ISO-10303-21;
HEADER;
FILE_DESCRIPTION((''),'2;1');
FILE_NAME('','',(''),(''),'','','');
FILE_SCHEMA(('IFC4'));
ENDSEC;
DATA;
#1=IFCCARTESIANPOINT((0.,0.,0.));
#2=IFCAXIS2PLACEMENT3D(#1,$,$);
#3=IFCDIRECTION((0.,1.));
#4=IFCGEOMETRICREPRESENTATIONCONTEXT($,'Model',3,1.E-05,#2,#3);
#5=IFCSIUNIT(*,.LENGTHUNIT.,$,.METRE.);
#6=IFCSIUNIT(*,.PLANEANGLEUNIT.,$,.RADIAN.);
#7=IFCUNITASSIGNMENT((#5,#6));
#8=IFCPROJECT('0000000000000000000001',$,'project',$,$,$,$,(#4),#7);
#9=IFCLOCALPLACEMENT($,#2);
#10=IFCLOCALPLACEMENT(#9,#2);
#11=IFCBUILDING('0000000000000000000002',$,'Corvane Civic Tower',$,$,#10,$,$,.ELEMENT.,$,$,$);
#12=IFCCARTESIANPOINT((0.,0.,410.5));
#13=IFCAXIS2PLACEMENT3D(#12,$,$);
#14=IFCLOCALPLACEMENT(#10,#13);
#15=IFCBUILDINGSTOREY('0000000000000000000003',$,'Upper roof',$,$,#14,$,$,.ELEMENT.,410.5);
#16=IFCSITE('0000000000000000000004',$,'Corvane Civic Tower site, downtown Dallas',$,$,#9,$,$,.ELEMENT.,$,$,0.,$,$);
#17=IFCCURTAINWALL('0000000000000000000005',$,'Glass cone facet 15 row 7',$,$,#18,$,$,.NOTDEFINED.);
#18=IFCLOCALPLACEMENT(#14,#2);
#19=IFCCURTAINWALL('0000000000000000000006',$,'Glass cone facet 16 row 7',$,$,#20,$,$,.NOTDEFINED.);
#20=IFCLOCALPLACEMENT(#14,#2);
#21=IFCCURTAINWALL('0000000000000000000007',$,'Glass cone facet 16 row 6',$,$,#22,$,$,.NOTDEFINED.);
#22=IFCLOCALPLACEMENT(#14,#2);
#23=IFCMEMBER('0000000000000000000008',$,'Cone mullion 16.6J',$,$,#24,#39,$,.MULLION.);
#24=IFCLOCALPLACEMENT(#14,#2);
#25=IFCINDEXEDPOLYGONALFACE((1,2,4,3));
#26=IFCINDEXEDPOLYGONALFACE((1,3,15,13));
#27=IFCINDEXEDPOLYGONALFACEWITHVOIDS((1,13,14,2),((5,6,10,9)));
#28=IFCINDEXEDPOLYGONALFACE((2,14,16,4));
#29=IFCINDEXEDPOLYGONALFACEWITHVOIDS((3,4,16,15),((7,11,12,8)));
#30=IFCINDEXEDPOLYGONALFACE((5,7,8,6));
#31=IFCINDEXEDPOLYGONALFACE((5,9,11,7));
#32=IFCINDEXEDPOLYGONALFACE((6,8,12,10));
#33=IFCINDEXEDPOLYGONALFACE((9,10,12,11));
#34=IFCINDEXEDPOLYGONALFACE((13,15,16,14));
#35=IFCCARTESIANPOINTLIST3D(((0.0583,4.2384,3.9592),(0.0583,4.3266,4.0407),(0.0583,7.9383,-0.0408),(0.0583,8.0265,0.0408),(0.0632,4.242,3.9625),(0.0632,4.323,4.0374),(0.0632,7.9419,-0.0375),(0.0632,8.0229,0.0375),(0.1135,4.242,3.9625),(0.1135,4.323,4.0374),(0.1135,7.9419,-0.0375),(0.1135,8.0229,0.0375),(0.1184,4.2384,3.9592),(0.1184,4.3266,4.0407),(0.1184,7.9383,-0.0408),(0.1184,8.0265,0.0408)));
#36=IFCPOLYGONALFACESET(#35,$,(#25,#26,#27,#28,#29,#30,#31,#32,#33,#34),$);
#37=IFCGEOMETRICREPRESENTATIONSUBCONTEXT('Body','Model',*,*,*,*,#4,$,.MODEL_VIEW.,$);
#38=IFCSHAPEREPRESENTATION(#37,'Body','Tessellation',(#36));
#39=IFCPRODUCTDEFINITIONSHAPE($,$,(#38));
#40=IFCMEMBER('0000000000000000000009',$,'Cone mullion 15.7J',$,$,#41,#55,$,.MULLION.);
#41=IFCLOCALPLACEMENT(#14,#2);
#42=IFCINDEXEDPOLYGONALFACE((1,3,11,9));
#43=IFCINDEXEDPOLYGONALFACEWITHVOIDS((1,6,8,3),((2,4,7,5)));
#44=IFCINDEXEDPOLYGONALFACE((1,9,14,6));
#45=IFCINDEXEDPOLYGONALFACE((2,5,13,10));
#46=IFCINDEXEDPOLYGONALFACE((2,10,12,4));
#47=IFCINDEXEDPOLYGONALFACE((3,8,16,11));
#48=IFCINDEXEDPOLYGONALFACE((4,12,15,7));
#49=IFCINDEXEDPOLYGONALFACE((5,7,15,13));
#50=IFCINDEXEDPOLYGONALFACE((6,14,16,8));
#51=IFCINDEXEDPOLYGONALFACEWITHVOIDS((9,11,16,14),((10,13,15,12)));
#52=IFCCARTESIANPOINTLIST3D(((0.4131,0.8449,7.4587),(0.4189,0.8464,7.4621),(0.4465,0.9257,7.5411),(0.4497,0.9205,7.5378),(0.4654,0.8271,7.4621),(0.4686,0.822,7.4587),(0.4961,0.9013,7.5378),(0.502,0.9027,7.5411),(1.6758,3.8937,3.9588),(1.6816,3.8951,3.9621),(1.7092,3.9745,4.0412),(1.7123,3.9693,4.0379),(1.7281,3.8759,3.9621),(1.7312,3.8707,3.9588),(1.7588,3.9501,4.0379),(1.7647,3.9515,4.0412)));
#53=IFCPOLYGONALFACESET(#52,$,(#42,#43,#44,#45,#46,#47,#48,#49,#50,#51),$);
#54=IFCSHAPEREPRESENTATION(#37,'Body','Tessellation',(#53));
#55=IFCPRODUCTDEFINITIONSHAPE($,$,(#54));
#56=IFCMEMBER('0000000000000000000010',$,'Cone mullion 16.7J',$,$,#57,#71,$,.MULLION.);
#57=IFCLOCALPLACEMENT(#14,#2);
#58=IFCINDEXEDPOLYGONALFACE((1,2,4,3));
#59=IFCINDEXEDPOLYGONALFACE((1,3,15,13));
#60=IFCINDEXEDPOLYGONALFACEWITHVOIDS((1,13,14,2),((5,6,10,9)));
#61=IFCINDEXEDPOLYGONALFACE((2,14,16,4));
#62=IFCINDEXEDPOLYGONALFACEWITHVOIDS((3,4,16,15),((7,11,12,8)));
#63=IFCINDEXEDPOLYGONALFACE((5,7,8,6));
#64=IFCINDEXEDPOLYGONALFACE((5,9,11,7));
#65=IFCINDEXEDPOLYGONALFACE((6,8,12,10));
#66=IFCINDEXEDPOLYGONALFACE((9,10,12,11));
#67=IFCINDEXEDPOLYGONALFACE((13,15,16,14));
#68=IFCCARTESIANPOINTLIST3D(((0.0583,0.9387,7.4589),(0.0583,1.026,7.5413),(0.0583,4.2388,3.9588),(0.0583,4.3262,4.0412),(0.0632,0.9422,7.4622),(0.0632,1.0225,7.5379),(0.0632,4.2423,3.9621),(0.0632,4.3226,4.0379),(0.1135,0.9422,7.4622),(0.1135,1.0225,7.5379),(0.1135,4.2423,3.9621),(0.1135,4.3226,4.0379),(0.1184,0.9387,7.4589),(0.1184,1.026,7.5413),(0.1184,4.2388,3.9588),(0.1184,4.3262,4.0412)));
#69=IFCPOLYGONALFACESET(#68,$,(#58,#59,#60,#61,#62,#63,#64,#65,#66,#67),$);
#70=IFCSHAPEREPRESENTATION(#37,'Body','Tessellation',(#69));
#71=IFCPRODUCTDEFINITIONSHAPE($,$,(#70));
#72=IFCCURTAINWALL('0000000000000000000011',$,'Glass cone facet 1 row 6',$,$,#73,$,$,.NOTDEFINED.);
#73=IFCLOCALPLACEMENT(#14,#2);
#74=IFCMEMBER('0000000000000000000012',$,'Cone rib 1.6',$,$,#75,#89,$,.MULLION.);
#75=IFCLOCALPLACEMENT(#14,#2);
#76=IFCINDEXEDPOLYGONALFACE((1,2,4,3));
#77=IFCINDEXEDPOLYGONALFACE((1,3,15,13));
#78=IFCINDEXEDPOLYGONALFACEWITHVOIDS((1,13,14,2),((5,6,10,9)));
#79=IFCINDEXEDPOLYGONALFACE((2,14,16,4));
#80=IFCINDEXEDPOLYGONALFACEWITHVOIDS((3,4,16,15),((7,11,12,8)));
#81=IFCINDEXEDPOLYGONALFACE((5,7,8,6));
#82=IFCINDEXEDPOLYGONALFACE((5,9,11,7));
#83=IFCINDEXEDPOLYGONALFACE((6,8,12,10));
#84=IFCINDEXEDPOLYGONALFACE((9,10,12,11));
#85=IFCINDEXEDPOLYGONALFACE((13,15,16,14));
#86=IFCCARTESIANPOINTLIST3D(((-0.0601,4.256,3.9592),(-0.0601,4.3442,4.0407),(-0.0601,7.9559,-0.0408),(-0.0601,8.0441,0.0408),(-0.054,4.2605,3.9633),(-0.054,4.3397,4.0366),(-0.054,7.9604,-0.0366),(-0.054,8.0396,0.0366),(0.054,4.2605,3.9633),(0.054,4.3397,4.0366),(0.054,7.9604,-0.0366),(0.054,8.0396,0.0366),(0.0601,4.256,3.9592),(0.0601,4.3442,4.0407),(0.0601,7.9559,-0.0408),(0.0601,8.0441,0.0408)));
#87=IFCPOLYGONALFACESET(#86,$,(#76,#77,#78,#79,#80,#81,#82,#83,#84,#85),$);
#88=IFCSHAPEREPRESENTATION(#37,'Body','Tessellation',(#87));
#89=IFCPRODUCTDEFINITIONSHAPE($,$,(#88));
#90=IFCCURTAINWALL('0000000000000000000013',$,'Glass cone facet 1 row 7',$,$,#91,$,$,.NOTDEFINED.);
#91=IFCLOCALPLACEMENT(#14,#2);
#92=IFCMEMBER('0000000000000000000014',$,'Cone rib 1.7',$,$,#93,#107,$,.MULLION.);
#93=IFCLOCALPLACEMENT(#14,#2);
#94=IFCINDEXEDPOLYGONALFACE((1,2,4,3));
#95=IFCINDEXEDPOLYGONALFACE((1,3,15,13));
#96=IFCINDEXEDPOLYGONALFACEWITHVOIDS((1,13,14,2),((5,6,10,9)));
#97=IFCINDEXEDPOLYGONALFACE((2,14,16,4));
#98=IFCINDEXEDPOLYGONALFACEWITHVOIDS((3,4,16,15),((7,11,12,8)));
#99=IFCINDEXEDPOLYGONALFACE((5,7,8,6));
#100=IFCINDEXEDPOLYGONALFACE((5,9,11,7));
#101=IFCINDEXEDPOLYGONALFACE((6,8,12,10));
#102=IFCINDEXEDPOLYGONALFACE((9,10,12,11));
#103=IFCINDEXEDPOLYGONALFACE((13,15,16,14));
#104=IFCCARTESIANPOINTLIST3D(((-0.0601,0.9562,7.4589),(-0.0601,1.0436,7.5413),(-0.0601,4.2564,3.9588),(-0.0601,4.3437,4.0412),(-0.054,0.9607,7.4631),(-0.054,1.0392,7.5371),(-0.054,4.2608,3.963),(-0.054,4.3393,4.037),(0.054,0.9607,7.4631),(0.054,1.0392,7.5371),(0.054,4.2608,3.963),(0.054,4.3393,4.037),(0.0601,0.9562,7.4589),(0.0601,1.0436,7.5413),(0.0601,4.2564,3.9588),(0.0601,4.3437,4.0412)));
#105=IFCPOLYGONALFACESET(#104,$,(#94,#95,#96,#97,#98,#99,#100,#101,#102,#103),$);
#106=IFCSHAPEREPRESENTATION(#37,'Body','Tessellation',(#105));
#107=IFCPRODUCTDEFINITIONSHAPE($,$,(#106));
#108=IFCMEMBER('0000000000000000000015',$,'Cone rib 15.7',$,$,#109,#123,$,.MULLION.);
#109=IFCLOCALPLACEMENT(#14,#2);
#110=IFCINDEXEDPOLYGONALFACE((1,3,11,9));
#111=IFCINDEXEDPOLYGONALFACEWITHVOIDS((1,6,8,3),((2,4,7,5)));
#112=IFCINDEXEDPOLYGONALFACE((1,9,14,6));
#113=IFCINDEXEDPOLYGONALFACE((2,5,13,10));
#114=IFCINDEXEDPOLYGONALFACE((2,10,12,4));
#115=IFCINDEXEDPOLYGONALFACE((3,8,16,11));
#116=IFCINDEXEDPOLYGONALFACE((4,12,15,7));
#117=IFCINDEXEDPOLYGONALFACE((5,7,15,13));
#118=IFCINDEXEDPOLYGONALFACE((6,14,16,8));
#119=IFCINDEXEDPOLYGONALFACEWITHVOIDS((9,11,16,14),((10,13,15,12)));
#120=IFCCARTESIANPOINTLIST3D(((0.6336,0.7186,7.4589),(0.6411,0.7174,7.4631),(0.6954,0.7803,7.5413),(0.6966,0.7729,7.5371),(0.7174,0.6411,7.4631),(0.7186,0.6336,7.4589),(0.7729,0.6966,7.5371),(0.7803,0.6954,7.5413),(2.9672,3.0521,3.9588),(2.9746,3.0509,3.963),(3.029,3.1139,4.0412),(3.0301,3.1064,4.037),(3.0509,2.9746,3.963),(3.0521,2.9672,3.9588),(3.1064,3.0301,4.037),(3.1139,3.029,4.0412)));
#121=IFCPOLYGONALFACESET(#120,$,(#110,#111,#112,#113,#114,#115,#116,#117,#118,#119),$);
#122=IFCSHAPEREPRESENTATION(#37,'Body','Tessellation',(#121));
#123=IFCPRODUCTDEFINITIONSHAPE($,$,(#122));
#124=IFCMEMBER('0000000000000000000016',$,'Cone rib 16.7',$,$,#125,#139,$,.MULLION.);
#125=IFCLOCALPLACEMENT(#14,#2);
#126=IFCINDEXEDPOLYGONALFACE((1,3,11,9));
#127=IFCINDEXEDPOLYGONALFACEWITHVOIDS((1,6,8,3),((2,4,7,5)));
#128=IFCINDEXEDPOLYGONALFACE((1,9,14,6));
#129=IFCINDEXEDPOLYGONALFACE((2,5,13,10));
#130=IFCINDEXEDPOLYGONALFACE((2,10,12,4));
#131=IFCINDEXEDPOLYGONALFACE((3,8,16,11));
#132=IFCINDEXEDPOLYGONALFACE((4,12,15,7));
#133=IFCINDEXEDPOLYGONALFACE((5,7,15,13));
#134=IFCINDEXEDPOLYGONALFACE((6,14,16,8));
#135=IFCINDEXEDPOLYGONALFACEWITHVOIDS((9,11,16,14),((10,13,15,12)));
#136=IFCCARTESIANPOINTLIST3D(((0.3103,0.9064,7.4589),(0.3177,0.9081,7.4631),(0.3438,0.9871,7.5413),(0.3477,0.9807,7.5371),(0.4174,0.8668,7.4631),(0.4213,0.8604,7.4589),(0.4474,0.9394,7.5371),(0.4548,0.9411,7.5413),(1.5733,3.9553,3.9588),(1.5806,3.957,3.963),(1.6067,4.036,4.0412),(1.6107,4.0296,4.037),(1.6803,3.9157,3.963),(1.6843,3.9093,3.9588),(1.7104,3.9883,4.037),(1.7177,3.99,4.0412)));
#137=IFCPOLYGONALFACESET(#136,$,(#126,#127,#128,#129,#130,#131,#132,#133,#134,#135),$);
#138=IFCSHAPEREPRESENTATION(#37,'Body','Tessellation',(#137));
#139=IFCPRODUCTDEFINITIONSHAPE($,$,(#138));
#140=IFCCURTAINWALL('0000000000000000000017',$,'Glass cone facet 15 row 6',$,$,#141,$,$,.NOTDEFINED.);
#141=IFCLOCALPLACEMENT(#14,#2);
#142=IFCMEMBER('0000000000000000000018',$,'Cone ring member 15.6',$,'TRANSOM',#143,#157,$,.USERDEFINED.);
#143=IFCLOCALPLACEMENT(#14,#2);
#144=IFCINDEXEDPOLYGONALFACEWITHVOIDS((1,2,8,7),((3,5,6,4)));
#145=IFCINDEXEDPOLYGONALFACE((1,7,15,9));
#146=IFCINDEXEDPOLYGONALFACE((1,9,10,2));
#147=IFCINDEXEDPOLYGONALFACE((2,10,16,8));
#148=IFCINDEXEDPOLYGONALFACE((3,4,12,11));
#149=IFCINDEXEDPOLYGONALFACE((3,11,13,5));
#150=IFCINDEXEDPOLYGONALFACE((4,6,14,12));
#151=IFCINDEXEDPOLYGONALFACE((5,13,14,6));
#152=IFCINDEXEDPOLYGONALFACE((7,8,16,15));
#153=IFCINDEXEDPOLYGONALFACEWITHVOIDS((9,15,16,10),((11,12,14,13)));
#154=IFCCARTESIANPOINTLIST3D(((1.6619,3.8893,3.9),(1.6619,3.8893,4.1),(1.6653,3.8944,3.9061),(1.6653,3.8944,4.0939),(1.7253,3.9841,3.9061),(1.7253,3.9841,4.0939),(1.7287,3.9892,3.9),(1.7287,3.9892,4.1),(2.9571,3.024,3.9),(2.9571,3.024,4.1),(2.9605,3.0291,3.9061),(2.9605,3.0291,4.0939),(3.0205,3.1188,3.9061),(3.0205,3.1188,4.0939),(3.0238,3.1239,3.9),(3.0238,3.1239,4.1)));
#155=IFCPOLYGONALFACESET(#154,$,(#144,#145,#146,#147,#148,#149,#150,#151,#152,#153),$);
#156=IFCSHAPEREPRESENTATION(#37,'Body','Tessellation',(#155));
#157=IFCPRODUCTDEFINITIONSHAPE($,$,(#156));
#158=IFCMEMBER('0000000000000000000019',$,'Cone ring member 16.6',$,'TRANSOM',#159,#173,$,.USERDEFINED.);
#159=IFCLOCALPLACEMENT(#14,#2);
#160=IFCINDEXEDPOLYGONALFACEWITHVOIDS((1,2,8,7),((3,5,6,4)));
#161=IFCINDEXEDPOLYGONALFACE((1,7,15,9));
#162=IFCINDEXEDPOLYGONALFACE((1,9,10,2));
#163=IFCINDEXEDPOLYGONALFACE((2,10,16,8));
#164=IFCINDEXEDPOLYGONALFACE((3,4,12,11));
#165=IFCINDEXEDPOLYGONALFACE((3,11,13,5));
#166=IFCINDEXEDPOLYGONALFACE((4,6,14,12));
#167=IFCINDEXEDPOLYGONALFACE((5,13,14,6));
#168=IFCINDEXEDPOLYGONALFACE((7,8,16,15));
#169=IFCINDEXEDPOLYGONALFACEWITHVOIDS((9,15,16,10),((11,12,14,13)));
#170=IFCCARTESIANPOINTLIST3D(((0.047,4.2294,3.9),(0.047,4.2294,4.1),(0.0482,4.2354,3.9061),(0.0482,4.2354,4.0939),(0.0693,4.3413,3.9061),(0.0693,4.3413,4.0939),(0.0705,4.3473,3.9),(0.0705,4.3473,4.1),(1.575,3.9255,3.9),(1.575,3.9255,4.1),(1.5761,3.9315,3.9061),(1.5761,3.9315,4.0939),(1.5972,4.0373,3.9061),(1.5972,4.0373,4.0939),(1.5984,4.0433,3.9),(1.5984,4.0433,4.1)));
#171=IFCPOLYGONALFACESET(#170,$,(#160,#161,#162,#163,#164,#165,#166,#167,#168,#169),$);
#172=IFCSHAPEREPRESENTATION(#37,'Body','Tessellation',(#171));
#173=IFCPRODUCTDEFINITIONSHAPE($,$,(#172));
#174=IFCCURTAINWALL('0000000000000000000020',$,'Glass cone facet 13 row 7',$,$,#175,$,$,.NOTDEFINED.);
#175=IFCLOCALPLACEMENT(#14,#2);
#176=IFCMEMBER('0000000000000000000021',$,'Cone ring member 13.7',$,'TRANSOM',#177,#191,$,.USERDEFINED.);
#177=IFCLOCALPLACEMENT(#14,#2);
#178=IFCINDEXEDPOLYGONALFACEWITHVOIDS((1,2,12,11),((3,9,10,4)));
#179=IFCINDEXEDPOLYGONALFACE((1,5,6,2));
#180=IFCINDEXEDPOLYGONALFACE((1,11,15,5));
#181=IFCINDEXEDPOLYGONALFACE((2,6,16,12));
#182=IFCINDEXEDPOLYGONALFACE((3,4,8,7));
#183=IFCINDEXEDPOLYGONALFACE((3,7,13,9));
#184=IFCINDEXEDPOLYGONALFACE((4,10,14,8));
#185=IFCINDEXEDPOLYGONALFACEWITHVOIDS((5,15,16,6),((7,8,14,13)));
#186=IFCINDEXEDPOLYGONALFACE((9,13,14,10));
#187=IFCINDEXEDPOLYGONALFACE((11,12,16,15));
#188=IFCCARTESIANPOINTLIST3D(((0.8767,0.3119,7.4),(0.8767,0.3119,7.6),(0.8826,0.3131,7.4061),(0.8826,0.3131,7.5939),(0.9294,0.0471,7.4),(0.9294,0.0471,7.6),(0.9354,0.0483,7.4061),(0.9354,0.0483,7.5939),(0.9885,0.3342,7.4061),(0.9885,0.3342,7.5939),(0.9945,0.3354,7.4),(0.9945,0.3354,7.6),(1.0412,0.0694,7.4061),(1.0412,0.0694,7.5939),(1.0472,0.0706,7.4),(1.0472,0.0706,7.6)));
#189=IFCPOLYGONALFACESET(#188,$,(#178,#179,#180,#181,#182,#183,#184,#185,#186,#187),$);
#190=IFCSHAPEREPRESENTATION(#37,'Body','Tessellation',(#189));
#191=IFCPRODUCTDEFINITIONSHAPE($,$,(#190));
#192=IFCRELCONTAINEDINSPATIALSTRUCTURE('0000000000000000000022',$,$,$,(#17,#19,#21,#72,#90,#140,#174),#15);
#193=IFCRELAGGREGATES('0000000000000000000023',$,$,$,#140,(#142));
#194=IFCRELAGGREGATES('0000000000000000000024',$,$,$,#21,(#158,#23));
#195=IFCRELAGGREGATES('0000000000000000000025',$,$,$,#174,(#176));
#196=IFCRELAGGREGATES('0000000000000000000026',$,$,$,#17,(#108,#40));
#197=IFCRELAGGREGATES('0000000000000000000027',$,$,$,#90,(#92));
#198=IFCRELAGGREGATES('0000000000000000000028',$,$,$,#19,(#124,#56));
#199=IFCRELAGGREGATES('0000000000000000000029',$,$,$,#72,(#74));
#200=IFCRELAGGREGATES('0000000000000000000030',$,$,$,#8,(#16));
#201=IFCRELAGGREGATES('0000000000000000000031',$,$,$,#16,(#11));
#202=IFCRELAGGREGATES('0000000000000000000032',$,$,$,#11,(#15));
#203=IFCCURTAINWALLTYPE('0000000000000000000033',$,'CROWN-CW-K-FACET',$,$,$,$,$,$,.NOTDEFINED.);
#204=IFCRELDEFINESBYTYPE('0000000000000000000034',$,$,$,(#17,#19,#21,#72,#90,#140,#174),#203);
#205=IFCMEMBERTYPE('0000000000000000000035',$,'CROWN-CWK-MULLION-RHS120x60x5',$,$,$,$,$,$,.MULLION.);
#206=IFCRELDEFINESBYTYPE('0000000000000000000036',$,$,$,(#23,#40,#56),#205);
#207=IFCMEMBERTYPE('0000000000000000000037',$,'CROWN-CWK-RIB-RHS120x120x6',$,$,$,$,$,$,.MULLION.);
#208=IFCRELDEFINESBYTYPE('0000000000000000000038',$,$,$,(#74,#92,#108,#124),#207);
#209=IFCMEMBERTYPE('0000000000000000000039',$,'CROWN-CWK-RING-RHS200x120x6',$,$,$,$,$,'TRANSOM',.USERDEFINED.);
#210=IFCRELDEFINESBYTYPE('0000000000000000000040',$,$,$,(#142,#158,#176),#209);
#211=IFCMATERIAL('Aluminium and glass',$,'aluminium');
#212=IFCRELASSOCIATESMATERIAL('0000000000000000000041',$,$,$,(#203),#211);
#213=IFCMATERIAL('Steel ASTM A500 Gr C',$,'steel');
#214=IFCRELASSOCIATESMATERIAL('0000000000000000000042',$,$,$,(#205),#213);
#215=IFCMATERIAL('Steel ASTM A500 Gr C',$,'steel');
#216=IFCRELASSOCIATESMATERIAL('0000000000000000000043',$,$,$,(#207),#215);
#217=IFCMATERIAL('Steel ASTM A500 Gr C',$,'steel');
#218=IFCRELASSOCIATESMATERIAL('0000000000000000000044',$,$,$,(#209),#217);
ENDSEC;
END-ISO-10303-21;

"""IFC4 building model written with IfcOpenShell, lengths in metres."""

from ifc_helpers import new_model, si_unit, direction, frame, origin, origin_2d, place, context, subcontext, project, spatial, hollow_rectangle, extrude, material, material_profile, profile_set, type_object, element, aggregate, save


model = new_model("IFC4")

# Units and contexts
model_context = context("Model", 3, precision=1e-05, world=origin(), true_north=direction((0.0, 1.0)))
body_context = subcontext(model_context, "Body", "Model", "MODEL_VIEW")
ifc_project = project(units=[si_unit("LENGTHUNIT", "METRE"), si_unit("PLANEANGLEUNIT", "RADIAN")], contexts=[model_context])

# Site, building, storey
site_placement = place(None, origin())
site = spatial("IfcSite", under=ifc_project, at=site_placement, Name="Corvane Civic Tower site, downtown Dallas", CompositionType="ELEMENT", RefElevation=0.0)
building_placement = place(site_placement, origin())
building = spatial("IfcBuilding", under=site, at=building_placement, Name="Corvane Civic Tower", CompositionType="ELEMENT")
storey_placement = place(building_placement, frame((0.0, 0.0, 410.5)))
storey = spatial("IfcBuildingStorey", under=building, at=storey_placement, Name="Upper roof", CompositionType="ELEMENT", Elevation=410.5)

# Curtain walls
ifc_material_1 = material(Name="Aluminium and glass", Category="aluminium")
curtain_wall_type = type_object("IfcCurtainWallType", Name="CROWN-CW-K-FACET", PredefinedType="NOTDEFINED", material=ifc_material_1)
curtain_wall_1_placement = place(storey_placement, origin())
curtain_wall_1 = element("IfcCurtainWall", 1, at=curtain_wall_1_placement, inside=storey, type_object=curtain_wall_type, Name="Glass cone facet 15 row 7", PredefinedType="NOTDEFINED")
curtain_wall_2_placement = place(storey_placement, origin())
curtain_wall_2 = element("IfcCurtainWall", 2, at=curtain_wall_2_placement, inside=storey, type_object=curtain_wall_type, Name="Glass cone facet 16 row 7", PredefinedType="NOTDEFINED")

# Curtain wall, member
curtain_wall_3_placement = place(storey_placement, origin())
curtain_wall_3 = element("IfcCurtainWall", 3, at=curtain_wall_3_placement, inside=storey, type_object=curtain_wall_type, Name="Glass cone facet 16 row 6", PredefinedType="NOTDEFINED")
ifc_material_2 = material(Name="Steel ASTM A500 Gr C", Category="steel")
ifc_material_profile_1 = material_profile(ifc_material_2, hollow_rectangle(XDim=0.0601, YDim=0.1201, WallThickness=0.0049, at=origin_2d()), Name="RHS 120x60x5")
ifc_profile_set_1 = profile_set([ifc_material_profile_1], Name="Steel ASTM A500 Gr C")
member_type_1 = type_object("IfcMemberType", Name="CROWN-CWK-MULLION-RHS120x60x5", PredefinedType="MULLION", material=ifc_profile_set_1)
member_1_placement = place(storey_placement, frame((0.0884, 7.9824, 0.0), z_axis=(0.0, -0.679037, 0.734104), x_axis=(1.0, 0.0, 0.0)))
member_1 = element("IfcMember", 4, at=member_1_placement, type_object=member_type_1, Name="Cone mullion 16.6J", PredefinedType="MULLION", context=body_context, shape_type="SweptSolid", body=[
    extrude(hollow_rectangle(XDim=0.0601, YDim=0.1201, WallThickness=0.0049, at=origin_2d()), origin(), (0.0, 0.0, 1.0), 5.4487),
])

# Members
member_2_placement = place(storey_placement, frame((1.7202, 3.9226, 4.0), z_axis=(-0.262494, -0.633802, 0.727593), x_axis=(0.923898, -0.382639, 0.0)))
member_2 = element("IfcMember", 5, at=member_2_placement, type_object=member_type_1, Name="Cone mullion 15.7J", PredefinedType="MULLION", context=body_context, shape_type="SweptSolid", body=[
    extrude(hollow_rectangle(XDim=0.0601, YDim=0.1201, WallThickness=0.0049, at=origin_2d()), origin(), (0.0, 0.0, 1.0), 4.8103),
])
member_3_placement = place(storey_placement, frame((0.0884, 4.2825, 4.0), z_axis=(0.0, -0.686018, 0.727584), x_axis=(1.0, 0.0, 0.0)))
member_3 = element("IfcMember", 6, at=member_3_placement, type_object=member_type_1, Name="Cone mullion 16.7J", PredefinedType="MULLION", context=body_context, shape_type="SweptSolid", body=[
    extrude(hollow_rectangle(XDim=0.0601, YDim=0.1201, WallThickness=0.0049, at=origin_2d()), origin(), (0.0, 0.0, 1.0), 4.8105),
])

# Curtain walls, members
curtain_wall_4_placement = place(storey_placement, origin())
curtain_wall_4 = element("IfcCurtainWall", 7, at=curtain_wall_4_placement, inside=storey, type_object=curtain_wall_type, Name="Glass cone facet 1 row 6", PredefinedType="NOTDEFINED")
ifc_material_3 = material(Name="Steel ASTM A500 Gr C", Category="steel")
ifc_material_profile_2 = material_profile(ifc_material_3, hollow_rectangle(XDim=0.1201, YDim=0.1201, WallThickness=0.0061, at=origin_2d()), Name="RHS 120x120x6")
ifc_profile_set_2 = profile_set([ifc_material_profile_2], Name="Steel ASTM A500 Gr C")
member_type_2 = type_object("IfcMemberType", Name="CROWN-CWK-RIB-RHS120x120x6", PredefinedType="MULLION", material=ifc_profile_set_2)
member_4_placement = place(storey_placement, frame((0.0, 8.0, 0.0), z_axis=(0.0, -0.679037, 0.734104), x_axis=(1.0, 0.0, 0.0)))
member_4 = element("IfcMember", 8, at=member_4_placement, type_object=member_type_2, Name="Cone rib 1.6", PredefinedType="MULLION", context=body_context, shape_type="SweptSolid", body=[
    extrude(hollow_rectangle(XDim=0.1201, YDim=0.1201, WallThickness=0.0061, at=origin_2d()), origin(), (0.0, 0.0, 1.0), 5.4487),
])
curtain_wall_5_placement = place(storey_placement, origin())
curtain_wall_5 = element("IfcCurtainWall", 9, at=curtain_wall_5_placement, inside=storey, type_object=curtain_wall_type, Name="Glass cone facet 1 row 7", PredefinedType="NOTDEFINED")
member_5_placement = place(storey_placement, frame((0.0, 4.3, 4.0), z_axis=(0.0, -0.686018, 0.727584), x_axis=(1.0, 0.0, 0.0)))
member_5 = element("IfcMember", 10, at=member_5_placement, type_object=member_type_2, Name="Cone rib 1.7", PredefinedType="MULLION", context=body_context, shape_type="SweptSolid", body=[
    extrude(hollow_rectangle(XDim=0.1201, YDim=0.1201, WallThickness=0.0061, at=origin_2d()), origin(), (0.0, 0.0, 1.0), 4.8105),
])

# Members
member_6_placement = place(storey_placement, frame((3.0405, 3.0405, 4.0), z_axis=(-0.485089, -0.485089, 0.727583), x_axis=(0.707107, -0.707107, 0.0)))
member_6 = element("IfcMember", 11, at=member_6_placement, type_object=member_type_2, Name="Cone rib 15.7", PredefinedType="MULLION", context=body_context, shape_type="SweptSolid", body=[
    extrude(hollow_rectangle(XDim=0.1201, YDim=0.1201, WallThickness=0.0061, at=origin_2d()), origin(), (0.0, 0.0, 1.0), 4.8105),
])
member_7_placement = place(storey_placement, frame((1.6455, 3.9727, 4.0), z_axis=(-0.262541, -0.633794, 0.727584), x_axis=(0.923872, -0.382702, 0.0)))
member_7 = element("IfcMember", 12, at=member_7_placement, type_object=member_type_2, Name="Cone rib 16.7", PredefinedType="MULLION", context=body_context, shape_type="SweptSolid", body=[
    extrude(hollow_rectangle(XDim=0.1201, YDim=0.1201, WallThickness=0.0061, at=origin_2d()), origin(), (0.0, 0.0, 1.0), 4.8105),
])

# Curtain wall, member
curtain_wall_6_placement = place(storey_placement, origin())
curtain_wall_6 = element("IfcCurtainWall", 13, at=curtain_wall_6_placement, inside=storey, type_object=curtain_wall_type, Name="Glass cone facet 15 row 6", PredefinedType="NOTDEFINED")
ifc_material_4 = material(Name="Steel ASTM A500 Gr C", Category="steel")
ifc_material_profile_3 = material_profile(ifc_material_4, hollow_rectangle(XDim=0.1201, YDim=0.2, WallThickness=0.0061, at=origin_2d()), Name="RHS 200x120x6")
ifc_profile_set_3 = profile_set([ifc_material_profile_3], Name="Steel ASTM A500 Gr C")
member_type_3 = type_object("IfcMemberType", Name="CROWN-CWK-RING-RHS200x120x6", ElementType="TRANSOM", PredefinedType="USERDEFINED", material=ifc_profile_set_3)
member_8_placement = place(storey_placement, frame((2.9905, 3.074, 4.0), z_axis=(-0.831519, 0.555496, 0.0), x_axis=(-0.555496, -0.831519, 0.0)))
member_8 = element("IfcMember", 14, at=member_8_placement, type_object=member_type_3, Name="Cone ring member 15.6", ObjectType="TRANSOM", PredefinedType="USERDEFINED", context=body_context, shape_type="SweptSolid", body=[
    extrude(hollow_rectangle(XDim=0.1201, YDim=0.2, WallThickness=0.0061, at=origin_2d()), origin(), (0.0, 0.0, 1.0), 1.5576),
])
aggregate(curtain_wall_6, [member_8])

# Member
member_9_placement = place(storey_placement, frame((1.5867, 3.9844, 4.0), z_axis=(-0.980779, 0.195121, 0.0), x_axis=(-0.195121, -0.980779, 0.0)))
member_9 = element("IfcMember", 15, at=member_9_placement, type_object=member_type_3, Name="Cone ring member 16.6", ObjectType="TRANSOM", PredefinedType="USERDEFINED", context=body_context, shape_type="SweptSolid", body=[
    extrude(hollow_rectangle(XDim=0.1201, YDim=0.2, WallThickness=0.0061, at=origin_2d()), origin(), (0.0, 0.0, 1.0), 1.5579),
])
aggregate(curtain_wall_3, [member_9, member_1])

# Curtain wall, member
curtain_wall_7_placement = place(storey_placement, origin())
curtain_wall_7 = element("IfcCurtainWall", 16, at=curtain_wall_7_placement, inside=storey, type_object=curtain_wall_type, Name="Glass cone facet 13 row 7", PredefinedType="NOTDEFINED")
member_10_placement = place(storey_placement, frame((0.9883, 0.0588, 7.5), z_axis=(-0.195247, 0.980754, 0.0), x_axis=(-0.980754, -0.195247, 0.0)))
member_10 = element("IfcMember", 17, at=member_10_placement, type_object=member_type_3, Name="Cone ring member 13.7", ObjectType="TRANSOM", PredefinedType="USERDEFINED", context=body_context, shape_type="SweptSolid", body=[
    extrude(hollow_rectangle(XDim=0.1201, YDim=0.2, WallThickness=0.0061, at=origin_2d()), origin(), (0.0, 0.0, 1.0), 0.27),
])
aggregate(curtain_wall_7, [member_10])

aggregate(curtain_wall_1, [member_6, member_2])

aggregate(curtain_wall_5, [member_5])
aggregate(curtain_wall_2, [member_7, member_3])
aggregate(curtain_wall_4, [member_4])

save(model, "model.ifc")
